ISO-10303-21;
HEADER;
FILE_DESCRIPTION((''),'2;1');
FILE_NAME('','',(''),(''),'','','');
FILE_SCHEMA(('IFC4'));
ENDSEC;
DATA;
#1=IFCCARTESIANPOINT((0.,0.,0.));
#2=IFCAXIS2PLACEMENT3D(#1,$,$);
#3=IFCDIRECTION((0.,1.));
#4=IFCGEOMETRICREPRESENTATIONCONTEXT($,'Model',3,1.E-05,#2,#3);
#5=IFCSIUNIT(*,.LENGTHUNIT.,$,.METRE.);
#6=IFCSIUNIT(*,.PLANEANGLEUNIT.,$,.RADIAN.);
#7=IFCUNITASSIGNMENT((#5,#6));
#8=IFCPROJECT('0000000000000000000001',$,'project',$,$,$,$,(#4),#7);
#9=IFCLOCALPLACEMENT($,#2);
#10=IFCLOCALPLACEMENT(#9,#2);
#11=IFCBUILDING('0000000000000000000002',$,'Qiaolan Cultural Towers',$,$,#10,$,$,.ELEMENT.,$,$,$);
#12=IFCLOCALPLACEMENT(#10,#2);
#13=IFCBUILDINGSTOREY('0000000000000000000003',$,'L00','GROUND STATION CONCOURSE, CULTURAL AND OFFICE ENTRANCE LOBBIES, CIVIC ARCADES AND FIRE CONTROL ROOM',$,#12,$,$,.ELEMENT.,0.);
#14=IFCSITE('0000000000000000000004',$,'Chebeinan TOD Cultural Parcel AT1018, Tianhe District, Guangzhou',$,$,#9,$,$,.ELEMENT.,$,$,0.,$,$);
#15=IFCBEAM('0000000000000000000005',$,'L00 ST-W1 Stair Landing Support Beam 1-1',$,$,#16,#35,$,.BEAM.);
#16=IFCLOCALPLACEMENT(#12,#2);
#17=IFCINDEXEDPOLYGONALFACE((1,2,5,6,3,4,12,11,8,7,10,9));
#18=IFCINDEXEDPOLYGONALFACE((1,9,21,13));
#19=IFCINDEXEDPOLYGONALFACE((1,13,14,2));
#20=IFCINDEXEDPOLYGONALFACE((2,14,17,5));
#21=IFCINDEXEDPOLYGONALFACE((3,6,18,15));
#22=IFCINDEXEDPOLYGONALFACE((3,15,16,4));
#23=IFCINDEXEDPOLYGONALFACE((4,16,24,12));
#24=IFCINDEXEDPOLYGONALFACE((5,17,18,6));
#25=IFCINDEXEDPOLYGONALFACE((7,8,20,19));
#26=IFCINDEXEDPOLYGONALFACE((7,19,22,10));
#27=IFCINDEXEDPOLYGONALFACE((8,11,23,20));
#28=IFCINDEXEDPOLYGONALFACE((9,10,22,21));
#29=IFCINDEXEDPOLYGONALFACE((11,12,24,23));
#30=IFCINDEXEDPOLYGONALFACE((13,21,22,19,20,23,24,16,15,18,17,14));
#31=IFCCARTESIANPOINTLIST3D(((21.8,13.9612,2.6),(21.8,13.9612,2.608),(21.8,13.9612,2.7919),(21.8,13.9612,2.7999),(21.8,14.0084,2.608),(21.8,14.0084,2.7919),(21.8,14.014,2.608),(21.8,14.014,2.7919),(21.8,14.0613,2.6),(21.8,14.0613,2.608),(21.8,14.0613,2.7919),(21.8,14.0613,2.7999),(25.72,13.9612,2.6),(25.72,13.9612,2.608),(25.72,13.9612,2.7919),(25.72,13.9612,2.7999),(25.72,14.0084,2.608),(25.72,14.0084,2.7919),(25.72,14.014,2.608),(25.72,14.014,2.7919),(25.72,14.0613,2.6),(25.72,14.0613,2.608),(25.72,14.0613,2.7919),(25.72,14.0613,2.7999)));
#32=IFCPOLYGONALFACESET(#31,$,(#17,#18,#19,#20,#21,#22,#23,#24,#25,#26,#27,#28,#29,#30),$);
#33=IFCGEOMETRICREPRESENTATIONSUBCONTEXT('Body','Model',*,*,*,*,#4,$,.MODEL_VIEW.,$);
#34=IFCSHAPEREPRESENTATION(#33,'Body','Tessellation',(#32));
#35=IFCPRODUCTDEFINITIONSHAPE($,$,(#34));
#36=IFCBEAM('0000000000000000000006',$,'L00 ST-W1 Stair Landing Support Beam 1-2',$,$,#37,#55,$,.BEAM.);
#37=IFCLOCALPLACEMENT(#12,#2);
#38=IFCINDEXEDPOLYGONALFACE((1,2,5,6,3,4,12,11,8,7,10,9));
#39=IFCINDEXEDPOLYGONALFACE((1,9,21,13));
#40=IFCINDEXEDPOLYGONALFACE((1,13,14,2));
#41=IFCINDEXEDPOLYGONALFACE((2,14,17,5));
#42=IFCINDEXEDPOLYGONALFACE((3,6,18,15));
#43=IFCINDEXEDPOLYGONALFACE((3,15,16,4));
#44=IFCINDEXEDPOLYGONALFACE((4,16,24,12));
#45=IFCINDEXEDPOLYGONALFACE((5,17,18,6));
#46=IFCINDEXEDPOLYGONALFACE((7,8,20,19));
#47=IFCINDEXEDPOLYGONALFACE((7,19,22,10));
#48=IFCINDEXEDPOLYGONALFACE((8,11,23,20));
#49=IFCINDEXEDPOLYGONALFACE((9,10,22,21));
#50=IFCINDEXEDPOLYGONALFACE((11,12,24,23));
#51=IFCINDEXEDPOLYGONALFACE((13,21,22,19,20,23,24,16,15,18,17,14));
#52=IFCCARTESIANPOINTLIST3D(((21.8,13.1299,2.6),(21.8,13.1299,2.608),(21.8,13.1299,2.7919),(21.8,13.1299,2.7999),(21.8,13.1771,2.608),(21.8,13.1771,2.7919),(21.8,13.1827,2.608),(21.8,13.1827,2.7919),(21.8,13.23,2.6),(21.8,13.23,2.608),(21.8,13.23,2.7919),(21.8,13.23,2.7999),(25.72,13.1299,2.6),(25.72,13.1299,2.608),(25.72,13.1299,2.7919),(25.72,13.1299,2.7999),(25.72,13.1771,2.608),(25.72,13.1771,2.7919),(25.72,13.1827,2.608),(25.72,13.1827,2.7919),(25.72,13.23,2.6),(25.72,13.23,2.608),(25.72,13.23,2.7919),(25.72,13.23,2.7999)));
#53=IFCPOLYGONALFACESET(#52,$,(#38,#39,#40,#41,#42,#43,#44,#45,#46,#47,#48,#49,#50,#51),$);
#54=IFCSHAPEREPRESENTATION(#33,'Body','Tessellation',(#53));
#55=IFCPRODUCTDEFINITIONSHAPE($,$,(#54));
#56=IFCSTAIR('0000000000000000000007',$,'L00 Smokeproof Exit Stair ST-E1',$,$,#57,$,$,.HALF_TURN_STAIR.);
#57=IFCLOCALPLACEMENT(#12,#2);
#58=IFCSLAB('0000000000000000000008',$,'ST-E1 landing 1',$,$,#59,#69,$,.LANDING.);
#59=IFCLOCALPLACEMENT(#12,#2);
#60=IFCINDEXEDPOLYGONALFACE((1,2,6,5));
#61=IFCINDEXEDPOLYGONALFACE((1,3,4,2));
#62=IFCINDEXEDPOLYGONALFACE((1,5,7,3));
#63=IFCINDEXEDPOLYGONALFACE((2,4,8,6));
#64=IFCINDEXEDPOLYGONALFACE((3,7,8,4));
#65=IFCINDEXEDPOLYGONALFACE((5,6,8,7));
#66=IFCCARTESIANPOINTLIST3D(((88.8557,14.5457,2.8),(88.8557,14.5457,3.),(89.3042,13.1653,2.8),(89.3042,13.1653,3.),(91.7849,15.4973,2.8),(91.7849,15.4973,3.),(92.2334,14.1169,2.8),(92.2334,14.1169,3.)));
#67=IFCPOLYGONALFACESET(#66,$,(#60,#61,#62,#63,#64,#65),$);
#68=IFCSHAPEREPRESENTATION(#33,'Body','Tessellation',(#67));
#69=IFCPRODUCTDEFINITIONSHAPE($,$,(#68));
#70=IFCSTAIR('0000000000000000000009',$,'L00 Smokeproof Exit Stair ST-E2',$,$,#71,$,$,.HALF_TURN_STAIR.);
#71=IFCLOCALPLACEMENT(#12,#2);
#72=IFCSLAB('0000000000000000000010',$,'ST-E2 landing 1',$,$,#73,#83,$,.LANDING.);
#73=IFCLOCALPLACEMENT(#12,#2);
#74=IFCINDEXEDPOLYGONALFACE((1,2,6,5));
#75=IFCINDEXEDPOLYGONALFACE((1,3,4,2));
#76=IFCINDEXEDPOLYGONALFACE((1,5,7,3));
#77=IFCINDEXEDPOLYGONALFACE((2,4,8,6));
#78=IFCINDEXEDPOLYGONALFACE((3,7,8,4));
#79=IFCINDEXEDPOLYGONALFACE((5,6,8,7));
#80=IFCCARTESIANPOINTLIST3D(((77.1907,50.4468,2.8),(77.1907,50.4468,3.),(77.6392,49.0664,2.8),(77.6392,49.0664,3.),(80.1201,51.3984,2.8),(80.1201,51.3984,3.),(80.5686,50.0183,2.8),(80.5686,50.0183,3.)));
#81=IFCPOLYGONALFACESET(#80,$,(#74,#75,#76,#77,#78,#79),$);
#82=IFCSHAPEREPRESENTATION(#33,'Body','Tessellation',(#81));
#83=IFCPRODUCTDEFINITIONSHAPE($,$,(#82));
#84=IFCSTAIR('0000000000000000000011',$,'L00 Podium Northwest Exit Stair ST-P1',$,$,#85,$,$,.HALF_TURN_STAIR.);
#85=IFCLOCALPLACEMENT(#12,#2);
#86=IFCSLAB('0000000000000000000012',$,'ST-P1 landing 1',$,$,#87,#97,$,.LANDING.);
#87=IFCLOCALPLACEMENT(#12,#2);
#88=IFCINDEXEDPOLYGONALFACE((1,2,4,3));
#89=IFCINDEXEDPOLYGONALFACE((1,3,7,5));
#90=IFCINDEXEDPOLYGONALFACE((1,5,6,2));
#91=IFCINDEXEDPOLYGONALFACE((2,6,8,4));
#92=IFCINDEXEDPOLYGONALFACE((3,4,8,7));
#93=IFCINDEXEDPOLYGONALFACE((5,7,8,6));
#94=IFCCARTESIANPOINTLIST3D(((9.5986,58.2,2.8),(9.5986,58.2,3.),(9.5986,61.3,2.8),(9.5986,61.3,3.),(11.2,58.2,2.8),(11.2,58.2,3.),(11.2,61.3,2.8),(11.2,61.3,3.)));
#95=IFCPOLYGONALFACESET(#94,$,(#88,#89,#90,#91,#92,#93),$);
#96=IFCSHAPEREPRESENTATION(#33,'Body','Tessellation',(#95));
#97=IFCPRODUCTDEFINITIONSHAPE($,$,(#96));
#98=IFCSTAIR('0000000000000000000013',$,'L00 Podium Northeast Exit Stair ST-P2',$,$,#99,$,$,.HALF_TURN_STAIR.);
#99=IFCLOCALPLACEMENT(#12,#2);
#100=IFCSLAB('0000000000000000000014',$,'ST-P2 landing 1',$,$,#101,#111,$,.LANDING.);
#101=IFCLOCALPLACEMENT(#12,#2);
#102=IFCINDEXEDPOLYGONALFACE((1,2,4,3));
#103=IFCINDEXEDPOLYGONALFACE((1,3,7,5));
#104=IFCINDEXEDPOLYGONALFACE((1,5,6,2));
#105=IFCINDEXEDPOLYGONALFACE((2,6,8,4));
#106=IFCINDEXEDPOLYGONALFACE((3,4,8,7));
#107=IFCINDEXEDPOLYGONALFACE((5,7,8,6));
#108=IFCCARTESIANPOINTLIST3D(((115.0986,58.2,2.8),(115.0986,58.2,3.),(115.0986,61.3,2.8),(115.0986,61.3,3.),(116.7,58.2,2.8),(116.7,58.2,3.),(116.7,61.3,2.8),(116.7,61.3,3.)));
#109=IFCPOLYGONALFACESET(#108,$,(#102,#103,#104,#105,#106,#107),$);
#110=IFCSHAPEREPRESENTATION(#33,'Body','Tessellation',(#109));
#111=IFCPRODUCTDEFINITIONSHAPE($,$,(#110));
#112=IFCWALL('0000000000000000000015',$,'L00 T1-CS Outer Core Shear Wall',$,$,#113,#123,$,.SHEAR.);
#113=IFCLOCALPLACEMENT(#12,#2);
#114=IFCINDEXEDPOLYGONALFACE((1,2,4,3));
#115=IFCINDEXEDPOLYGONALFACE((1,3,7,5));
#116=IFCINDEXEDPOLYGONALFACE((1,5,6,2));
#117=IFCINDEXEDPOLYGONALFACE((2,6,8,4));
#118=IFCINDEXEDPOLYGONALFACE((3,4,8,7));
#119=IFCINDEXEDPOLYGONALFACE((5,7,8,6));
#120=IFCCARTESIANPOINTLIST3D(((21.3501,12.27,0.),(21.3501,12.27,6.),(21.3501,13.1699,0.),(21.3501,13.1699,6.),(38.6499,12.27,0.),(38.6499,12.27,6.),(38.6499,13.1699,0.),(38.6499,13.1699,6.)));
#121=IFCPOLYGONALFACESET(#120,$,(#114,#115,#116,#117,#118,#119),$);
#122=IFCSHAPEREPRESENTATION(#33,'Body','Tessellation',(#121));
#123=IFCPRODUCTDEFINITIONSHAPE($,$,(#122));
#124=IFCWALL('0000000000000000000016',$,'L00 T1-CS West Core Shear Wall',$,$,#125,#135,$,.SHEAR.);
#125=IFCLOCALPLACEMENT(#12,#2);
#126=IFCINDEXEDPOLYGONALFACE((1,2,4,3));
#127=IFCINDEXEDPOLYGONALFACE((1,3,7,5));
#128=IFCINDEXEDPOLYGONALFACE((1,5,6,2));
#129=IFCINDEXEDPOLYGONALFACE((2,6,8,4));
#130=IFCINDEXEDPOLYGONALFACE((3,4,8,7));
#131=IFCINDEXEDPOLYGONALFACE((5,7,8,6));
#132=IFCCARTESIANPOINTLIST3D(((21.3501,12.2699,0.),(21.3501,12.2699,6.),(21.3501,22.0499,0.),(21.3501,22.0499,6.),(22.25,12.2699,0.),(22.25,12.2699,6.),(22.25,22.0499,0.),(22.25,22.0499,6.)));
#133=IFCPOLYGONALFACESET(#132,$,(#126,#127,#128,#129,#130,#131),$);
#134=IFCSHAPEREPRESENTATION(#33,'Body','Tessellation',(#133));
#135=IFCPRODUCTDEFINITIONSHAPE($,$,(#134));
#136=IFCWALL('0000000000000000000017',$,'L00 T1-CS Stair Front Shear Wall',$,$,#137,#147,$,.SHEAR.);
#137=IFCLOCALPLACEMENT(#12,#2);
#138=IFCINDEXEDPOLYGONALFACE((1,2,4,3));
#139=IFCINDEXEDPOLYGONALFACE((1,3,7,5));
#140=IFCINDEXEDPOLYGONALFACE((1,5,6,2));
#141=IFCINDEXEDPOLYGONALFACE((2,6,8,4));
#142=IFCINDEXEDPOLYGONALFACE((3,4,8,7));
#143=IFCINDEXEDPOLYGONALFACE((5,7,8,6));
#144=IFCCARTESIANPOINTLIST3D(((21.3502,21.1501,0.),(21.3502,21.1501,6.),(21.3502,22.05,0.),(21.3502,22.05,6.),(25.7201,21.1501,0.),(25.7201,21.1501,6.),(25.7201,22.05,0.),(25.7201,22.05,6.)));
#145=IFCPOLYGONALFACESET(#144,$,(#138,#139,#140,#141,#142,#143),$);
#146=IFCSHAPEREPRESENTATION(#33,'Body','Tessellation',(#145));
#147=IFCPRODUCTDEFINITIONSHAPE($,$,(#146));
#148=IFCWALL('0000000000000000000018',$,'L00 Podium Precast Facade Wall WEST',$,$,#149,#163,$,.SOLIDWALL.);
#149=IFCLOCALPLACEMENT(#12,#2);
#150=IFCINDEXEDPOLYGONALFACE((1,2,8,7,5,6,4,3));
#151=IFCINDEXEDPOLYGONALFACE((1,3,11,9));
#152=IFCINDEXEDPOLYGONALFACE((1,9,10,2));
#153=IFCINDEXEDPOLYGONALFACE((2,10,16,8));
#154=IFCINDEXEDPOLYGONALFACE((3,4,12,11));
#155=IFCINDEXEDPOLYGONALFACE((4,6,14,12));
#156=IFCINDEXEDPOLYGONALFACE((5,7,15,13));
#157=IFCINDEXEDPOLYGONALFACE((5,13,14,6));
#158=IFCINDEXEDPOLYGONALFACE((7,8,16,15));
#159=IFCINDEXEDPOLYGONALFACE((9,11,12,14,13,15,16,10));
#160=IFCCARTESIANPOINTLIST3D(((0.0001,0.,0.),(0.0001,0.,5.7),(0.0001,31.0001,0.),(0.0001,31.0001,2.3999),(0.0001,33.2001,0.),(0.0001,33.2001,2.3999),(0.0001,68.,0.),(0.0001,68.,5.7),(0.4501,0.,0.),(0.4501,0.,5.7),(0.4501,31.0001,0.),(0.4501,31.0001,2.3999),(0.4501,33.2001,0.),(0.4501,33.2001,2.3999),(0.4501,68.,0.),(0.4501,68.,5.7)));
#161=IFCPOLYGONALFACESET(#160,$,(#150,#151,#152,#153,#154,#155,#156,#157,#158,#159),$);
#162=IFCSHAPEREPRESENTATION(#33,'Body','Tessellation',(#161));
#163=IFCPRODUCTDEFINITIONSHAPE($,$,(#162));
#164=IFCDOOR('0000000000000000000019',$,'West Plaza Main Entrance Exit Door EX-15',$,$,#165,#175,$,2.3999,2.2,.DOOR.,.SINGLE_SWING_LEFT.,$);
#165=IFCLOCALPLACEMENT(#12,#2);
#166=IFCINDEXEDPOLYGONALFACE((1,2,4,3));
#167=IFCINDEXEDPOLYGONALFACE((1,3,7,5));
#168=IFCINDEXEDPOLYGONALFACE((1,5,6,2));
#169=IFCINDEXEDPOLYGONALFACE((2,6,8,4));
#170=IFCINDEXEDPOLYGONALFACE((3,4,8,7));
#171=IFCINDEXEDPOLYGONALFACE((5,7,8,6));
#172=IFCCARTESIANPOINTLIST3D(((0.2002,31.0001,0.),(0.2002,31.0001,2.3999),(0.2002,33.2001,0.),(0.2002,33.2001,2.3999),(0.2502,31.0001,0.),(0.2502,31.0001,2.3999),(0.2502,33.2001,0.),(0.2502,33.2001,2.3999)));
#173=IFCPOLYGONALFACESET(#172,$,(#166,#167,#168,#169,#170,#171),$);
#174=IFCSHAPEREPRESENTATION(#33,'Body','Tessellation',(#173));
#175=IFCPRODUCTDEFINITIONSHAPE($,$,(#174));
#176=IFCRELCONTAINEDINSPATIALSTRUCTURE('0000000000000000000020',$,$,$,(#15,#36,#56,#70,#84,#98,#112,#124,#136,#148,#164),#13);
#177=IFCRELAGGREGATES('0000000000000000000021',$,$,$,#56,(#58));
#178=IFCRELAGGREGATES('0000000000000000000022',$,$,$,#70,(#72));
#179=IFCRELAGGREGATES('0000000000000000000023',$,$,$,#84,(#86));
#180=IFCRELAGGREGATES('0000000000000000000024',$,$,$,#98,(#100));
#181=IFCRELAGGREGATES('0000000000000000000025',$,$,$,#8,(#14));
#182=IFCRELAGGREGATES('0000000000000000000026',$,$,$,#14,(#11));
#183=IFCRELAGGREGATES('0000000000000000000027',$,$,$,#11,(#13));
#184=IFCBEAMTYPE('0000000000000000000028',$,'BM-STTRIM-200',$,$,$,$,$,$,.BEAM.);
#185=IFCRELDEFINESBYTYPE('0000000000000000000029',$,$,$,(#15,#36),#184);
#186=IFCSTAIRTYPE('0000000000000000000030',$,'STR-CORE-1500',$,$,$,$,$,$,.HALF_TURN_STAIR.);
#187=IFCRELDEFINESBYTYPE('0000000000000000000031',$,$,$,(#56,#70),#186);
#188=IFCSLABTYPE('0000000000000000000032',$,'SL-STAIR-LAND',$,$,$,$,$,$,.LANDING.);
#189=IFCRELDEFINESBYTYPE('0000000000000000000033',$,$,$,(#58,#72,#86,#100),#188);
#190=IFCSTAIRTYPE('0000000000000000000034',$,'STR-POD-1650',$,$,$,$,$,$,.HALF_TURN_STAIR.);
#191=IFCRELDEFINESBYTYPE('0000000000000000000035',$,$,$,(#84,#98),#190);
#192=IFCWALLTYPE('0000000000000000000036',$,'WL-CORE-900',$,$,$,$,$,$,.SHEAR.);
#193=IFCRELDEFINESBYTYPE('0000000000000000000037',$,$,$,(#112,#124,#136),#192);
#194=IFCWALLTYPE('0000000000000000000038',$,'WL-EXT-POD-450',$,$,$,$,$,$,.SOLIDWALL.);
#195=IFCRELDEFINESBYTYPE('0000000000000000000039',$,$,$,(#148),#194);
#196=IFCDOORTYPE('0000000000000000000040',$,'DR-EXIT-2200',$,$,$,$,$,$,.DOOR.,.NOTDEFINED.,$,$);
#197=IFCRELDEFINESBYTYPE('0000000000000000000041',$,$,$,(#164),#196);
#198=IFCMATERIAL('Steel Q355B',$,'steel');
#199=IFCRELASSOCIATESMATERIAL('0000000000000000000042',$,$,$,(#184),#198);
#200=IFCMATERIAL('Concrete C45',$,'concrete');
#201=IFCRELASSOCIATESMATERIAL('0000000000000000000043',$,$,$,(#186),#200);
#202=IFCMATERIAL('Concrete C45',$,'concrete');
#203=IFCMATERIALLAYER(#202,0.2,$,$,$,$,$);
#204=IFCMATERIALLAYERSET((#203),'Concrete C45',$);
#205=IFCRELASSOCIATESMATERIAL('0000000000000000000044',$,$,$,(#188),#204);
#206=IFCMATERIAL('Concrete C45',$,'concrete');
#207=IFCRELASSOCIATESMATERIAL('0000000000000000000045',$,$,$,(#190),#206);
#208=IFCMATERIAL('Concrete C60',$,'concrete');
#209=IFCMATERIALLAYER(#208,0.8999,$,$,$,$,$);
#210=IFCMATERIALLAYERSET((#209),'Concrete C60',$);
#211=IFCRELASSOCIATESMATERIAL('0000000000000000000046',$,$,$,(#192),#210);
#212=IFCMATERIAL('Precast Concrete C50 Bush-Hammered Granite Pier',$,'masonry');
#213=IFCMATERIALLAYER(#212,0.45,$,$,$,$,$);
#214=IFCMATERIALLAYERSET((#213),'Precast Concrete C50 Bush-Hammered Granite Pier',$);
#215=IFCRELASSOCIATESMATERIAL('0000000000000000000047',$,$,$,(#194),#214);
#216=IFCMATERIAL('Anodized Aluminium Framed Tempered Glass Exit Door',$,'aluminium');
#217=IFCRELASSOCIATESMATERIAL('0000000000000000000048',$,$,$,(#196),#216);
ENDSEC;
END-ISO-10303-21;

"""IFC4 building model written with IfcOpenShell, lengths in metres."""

from ifc_helpers import new_model, si_unit, direction, frame, frame_2d, origin, origin_2d, place, context, subcontext, project, spatial, polyline, rectangle, i_section, outline, extrude, material, layer, layer_set, material_profile, profile_set, type_object, element, fill, aggregate, save


model = new_model("IFC4")

# Units and contexts
model_context = context("Model", 3, precision=1e-05, world=origin(), true_north=direction((0.0, 1.0)))
body_context = subcontext(model_context, "Body", "Model", "MODEL_VIEW")
ifc_project = project(units=[si_unit("LENGTHUNIT", "METRE"), si_unit("PLANEANGLEUNIT", "RADIAN")], contexts=[model_context])

# Site, building, storey
site_placement = place(None, origin())
site = spatial("IfcSite", under=ifc_project, at=site_placement, Name="Chebeinan TOD Cultural Parcel AT1018, Tianhe District, Guangzhou", CompositionType="ELEMENT", RefElevation=0.0)
building_placement = place(site_placement, origin())
building = spatial("IfcBuilding", under=site, at=building_placement, Name="Qiaolan Cultural Towers", CompositionType="ELEMENT")
storey_placement = place(building_placement, origin())
storey = spatial("IfcBuildingStorey", under=building, at=storey_placement, Name="L00", Description="GROUND STATION CONCOURSE, CULTURAL AND OFFICE ENTRANCE LOBBIES, CIVIC ARCADES AND FIRE CONTROL ROOM", CompositionType="ELEMENT", Elevation=0.0)

# Beams
ifc_material_1 = material(Name="Steel Q355B", Category="steel")
ifc_material_profile_1 = material_profile(ifc_material_1, i_section(OverallWidth=0.1001, OverallDepth=0.2, WebThickness=0.0056, FlangeThickness=0.0081, at=origin_2d()), Name="HN200x100x5.5x8")
ifc_profile_set_1 = profile_set([ifc_material_profile_1], Name="Steel Q355B")
beam_type_1 = type_object("IfcBeamType", Name="BM-STTRIM-200", PredefinedType="BEAM", material=ifc_profile_set_1)
for number, where, z_axis, x_axis, name in (
    (1, (21.8, 14.0112, 2.7), (1.0, 0.0, 0.0), (0.0, 1.0, 0.0), "L00 ST-W1 Stair Landing Support Beam 1-1"),
    (2, (21.8, 13.1799, 2.7), (1.0, 0.0, 0.0), (0.0, 1.0, 0.0), "L00 ST-W1 Stair Landing Support Beam 1-2"),
):
    element("IfcBeam", number, at=place(storey_placement, frame(where, z_axis=z_axis, x_axis=x_axis)), inside=storey, type_object=beam_type_1, Name=name, PredefinedType="BEAM", context=body_context, shape_type="SweptSolid", body=[
        extrude(i_section(OverallWidth=0.1001, OverallDepth=0.2, WebThickness=0.0056, FlangeThickness=0.0081, at=origin_2d()), origin(), (0.0, 0.0, 1.0), 3.9199),
    ])

# Stairs, slabs
ifc_material_2 = material(Name="Concrete C45", Category="concrete")
stair_type_1 = type_object("IfcStairType", Name="STR-CORE-1500", PredefinedType="HALF_TURN_STAIR", material=ifc_material_2)
stair_1_placement = place(storey_placement, origin())
stair_1 = element("IfcStair", 3, at=stair_1_placement, inside=storey, type_object=stair_type_1, Name="L00 Smokeproof Exit Stair ST-E1", PredefinedType="HALF_TURN_STAIR")
ifc_material_3 = material(Name="Concrete C45", Category="concrete")
ifc_layer_1 = layer(ifc_material_3, 0.2)
ifc_layer_set_1 = layer_set([ifc_layer_1], Name="Concrete C45")
slab_type = type_object("IfcSlabType", Name="SL-STAIR-LAND", PredefinedType="LANDING", material=ifc_layer_set_1)
slab_1_placement = place(storey_placement, frame((0.0, 0.0, 2.8)))
slab_1 = element("IfcSlab", 4, at=slab_1_placement, type_object=slab_type, Name="ST-E1 landing 1", PredefinedType="LANDING", context=body_context, shape_type="SweptSolid", body=[
    extrude(outline(polyline([(88.8557, 14.5457), (89.3042, 13.1653), (92.2334, 14.1169), (91.7849, 15.4973), (88.8557, 14.5457)])), origin(), (0.0, 0.0, 1.0), 0.2),
])
aggregate(stair_1, [slab_1])
stair_2_placement = place(storey_placement, origin())
stair_2 = element("IfcStair", 5, at=stair_2_placement, inside=storey, type_object=stair_type_1, Name="L00 Smokeproof Exit Stair ST-E2", PredefinedType="HALF_TURN_STAIR")
slab_2_placement = place(storey_placement, frame((0.0, 0.0, 2.8)))
slab_2 = element("IfcSlab", 6, at=slab_2_placement, type_object=slab_type, Name="ST-E2 landing 1", PredefinedType="LANDING", context=body_context, shape_type="SweptSolid", body=[
    extrude(outline(polyline([(80.5686, 50.0183), (80.1201, 51.3984), (77.1907, 50.4468), (77.6392, 49.0664), (80.5686, 50.0183)])), origin(), (0.0, 0.0, 1.0), 0.2),
])
aggregate(stair_2, [slab_2])
ifc_material_4 = material(Name="Concrete C45", Category="concrete")
stair_type_2 = type_object("IfcStairType", Name="STR-POD-1650", PredefinedType="HALF_TURN_STAIR", material=ifc_material_4)
stair_3_placement = place(storey_placement, origin())
stair_3 = element("IfcStair", 7, at=stair_3_placement, inside=storey, type_object=stair_type_2, Name="L00 Podium Northwest Exit Stair ST-P1", PredefinedType="HALF_TURN_STAIR")
slab_3_placement = place(storey_placement, frame((0.0, 0.0, 2.8)))
slab_3 = element("IfcSlab", 8, at=slab_3_placement, type_object=slab_type, Name="ST-P1 landing 1", PredefinedType="LANDING", context=body_context, shape_type="SweptSolid", body=[
    extrude(outline(polyline([(9.5986, 58.2), (11.2, 58.2), (11.2, 61.3), (9.5986, 61.3), (9.5986, 58.2)])), origin(), (0.0, 0.0, 1.0), 0.2),
])
aggregate(stair_3, [slab_3])
stair_4_placement = place(storey_placement, origin())
stair_4 = element("IfcStair", 9, at=stair_4_placement, inside=storey, type_object=stair_type_2, Name="L00 Podium Northeast Exit Stair ST-P2", PredefinedType="HALF_TURN_STAIR")
slab_4_placement = place(storey_placement, frame((0.0, 0.0, 2.8)))
slab_4 = element("IfcSlab", 10, at=slab_4_placement, type_object=slab_type, Name="ST-P2 landing 1", PredefinedType="LANDING", context=body_context, shape_type="SweptSolid", body=[
    extrude(outline(polyline([(115.0986, 58.2), (116.7, 58.2), (116.7, 61.3), (115.0986, 61.3), (115.0986, 58.2)])), origin(), (0.0, 0.0, 1.0), 0.2),
])
aggregate(stair_4, [slab_4])

# Walls
ifc_material_5 = material(Name="Concrete C60", Category="concrete")
ifc_layer_2 = layer(ifc_material_5, 0.8999)
ifc_layer_set_2 = layer_set([ifc_layer_2], Name="Concrete C60")
wall_type_1 = type_object("IfcWallType", Name="WL-CORE-900", PredefinedType="SHEAR", material=ifc_layer_set_2)
wall_1_placement = place(storey_placement, frame((21.3501, 12.72, 0.0), z_axis=(0.0, 0.0, 1.0), x_axis=(1.0, 0.0, 0.0)))
element("IfcWall", 11, at=wall_1_placement, inside=storey, type_object=wall_type_1, Name="L00 T1-CS Outer Core Shear Wall", PredefinedType="SHEAR", context=body_context, shape_type="SweptSolid", body=[
    extrude(rectangle(XDim=17.2998, YDim=0.8999, at=frame_2d((8.6499, 0.0))), origin(), (0.0, 0.0, 1.0), 6.0),
])
wall_2_placement = place(storey_placement, frame((21.8, 22.05, 0.0), z_axis=(0.0, 0.0, 1.0), x_axis=(0.0, -1.0, 0.0)))
element("IfcWall", 12, at=wall_2_placement, inside=storey, type_object=wall_type_1, Name="L00 T1-CS West Core Shear Wall", PredefinedType="SHEAR", context=body_context, shape_type="SweptSolid", body=[
    extrude(rectangle(XDim=9.78, YDim=0.8999, at=frame_2d((4.8901, 0.0))), origin(), (0.0, 0.0, 1.0), 6.0),
])
wall_3_placement = place(storey_placement, frame((21.3501, 21.6001, 0.0), z_axis=(0.0, 0.0, 1.0), x_axis=(1.0, 0.0, 0.0)))
element("IfcWall", 13, at=wall_3_placement, inside=storey, type_object=wall_type_1, Name="L00 T1-CS Stair Front Shear Wall", PredefinedType="SHEAR", context=body_context, shape_type="SweptSolid", body=[
    extrude(rectangle(XDim=4.3699, YDim=0.8999, at=frame_2d((2.1851, 0.0))), origin(), (0.0, 0.0, 1.0), 6.0),
])

# Wall, opening, door
ifc_material_6 = material(Name="Precast Concrete C50 Bush-Hammered Granite Pier", Category="masonry")
ifc_layer_3 = layer(ifc_material_6, 0.45)
ifc_layer_set_3 = layer_set([ifc_layer_3], Name="Precast Concrete C50 Bush-Hammered Granite Pier")
wall_type_2 = type_object("IfcWallType", Name="WL-EXT-POD-450", PredefinedType="SOLIDWALL", material=ifc_layer_set_3)
wall_4_placement = place(storey_placement, frame((0.2251, 0.0, 0.0), z_axis=(0.0, 0.0, 1.0), x_axis=(0.0, 1.0, 0.0)))
wall_4 = element("IfcWall", 14, at=wall_4_placement, inside=storey, type_object=wall_type_2, Name="L00 Podium Precast Facade Wall WEST", PredefinedType="SOLIDWALL", context=body_context, shape_type="SweptSolid", body=[
    extrude(rectangle(XDim=68.0, YDim=0.45, at=frame_2d((34.0, 0.0))), origin(), (0.0, 0.0, 1.0), 5.7),
])
opening_1_placement = place(wall_4_placement, frame((31.0, 0.0, 0.0)))
opening_1 = element("IfcOpeningElement", 15, at=opening_1_placement, cuts=wall_4, PredefinedType="OPENING", context=body_context, shape_type="SweptSolid", body=[
    extrude(rectangle(XDim=2.2, YDim=2.3999, at=frame_2d((1.1001, 1.2))), frame((0.0, 0.2349, 0.0), z_axis=(0.0, -1.0, 0.0), x_axis=(1.0, 0.0, 0.0)), (0.0, 0.0, 1.0), 0.47),
])
ifc_material_7 = material(Name="Anodized Aluminium Framed Tempered Glass Exit Door", Category="aluminium")
door_type_1 = type_object("IfcDoorType", Name="DR-EXIT-2200", OperationType="NOTDEFINED", PredefinedType="DOOR", material=ifc_material_7)
door_1_placement = place(opening_1_placement, origin())
door_1 = element("IfcDoor", 16, at=door_1_placement, inside=storey, type_object=door_type_1, Name="West Plaza Main Entrance Exit Door EX-15", OperationType="SINGLE_SWING_LEFT", OverallHeight=2.3999, OverallWidth=2.2, PredefinedType="DOOR", context=body_context, shape_type="SweptSolid", body=[
    extrude(rectangle(XDim=2.2, YDim=2.3999, at=frame_2d((1.1001, 1.2))), frame((0.0, 0.0249, 0.0), z_axis=(0.0, -1.0, 0.0), x_axis=(1.0, 0.0, 0.0)), (0.0, 0.0, 1.0), 0.05),
])
fill(opening_1, door_1)

save(model, "model.ifc")
